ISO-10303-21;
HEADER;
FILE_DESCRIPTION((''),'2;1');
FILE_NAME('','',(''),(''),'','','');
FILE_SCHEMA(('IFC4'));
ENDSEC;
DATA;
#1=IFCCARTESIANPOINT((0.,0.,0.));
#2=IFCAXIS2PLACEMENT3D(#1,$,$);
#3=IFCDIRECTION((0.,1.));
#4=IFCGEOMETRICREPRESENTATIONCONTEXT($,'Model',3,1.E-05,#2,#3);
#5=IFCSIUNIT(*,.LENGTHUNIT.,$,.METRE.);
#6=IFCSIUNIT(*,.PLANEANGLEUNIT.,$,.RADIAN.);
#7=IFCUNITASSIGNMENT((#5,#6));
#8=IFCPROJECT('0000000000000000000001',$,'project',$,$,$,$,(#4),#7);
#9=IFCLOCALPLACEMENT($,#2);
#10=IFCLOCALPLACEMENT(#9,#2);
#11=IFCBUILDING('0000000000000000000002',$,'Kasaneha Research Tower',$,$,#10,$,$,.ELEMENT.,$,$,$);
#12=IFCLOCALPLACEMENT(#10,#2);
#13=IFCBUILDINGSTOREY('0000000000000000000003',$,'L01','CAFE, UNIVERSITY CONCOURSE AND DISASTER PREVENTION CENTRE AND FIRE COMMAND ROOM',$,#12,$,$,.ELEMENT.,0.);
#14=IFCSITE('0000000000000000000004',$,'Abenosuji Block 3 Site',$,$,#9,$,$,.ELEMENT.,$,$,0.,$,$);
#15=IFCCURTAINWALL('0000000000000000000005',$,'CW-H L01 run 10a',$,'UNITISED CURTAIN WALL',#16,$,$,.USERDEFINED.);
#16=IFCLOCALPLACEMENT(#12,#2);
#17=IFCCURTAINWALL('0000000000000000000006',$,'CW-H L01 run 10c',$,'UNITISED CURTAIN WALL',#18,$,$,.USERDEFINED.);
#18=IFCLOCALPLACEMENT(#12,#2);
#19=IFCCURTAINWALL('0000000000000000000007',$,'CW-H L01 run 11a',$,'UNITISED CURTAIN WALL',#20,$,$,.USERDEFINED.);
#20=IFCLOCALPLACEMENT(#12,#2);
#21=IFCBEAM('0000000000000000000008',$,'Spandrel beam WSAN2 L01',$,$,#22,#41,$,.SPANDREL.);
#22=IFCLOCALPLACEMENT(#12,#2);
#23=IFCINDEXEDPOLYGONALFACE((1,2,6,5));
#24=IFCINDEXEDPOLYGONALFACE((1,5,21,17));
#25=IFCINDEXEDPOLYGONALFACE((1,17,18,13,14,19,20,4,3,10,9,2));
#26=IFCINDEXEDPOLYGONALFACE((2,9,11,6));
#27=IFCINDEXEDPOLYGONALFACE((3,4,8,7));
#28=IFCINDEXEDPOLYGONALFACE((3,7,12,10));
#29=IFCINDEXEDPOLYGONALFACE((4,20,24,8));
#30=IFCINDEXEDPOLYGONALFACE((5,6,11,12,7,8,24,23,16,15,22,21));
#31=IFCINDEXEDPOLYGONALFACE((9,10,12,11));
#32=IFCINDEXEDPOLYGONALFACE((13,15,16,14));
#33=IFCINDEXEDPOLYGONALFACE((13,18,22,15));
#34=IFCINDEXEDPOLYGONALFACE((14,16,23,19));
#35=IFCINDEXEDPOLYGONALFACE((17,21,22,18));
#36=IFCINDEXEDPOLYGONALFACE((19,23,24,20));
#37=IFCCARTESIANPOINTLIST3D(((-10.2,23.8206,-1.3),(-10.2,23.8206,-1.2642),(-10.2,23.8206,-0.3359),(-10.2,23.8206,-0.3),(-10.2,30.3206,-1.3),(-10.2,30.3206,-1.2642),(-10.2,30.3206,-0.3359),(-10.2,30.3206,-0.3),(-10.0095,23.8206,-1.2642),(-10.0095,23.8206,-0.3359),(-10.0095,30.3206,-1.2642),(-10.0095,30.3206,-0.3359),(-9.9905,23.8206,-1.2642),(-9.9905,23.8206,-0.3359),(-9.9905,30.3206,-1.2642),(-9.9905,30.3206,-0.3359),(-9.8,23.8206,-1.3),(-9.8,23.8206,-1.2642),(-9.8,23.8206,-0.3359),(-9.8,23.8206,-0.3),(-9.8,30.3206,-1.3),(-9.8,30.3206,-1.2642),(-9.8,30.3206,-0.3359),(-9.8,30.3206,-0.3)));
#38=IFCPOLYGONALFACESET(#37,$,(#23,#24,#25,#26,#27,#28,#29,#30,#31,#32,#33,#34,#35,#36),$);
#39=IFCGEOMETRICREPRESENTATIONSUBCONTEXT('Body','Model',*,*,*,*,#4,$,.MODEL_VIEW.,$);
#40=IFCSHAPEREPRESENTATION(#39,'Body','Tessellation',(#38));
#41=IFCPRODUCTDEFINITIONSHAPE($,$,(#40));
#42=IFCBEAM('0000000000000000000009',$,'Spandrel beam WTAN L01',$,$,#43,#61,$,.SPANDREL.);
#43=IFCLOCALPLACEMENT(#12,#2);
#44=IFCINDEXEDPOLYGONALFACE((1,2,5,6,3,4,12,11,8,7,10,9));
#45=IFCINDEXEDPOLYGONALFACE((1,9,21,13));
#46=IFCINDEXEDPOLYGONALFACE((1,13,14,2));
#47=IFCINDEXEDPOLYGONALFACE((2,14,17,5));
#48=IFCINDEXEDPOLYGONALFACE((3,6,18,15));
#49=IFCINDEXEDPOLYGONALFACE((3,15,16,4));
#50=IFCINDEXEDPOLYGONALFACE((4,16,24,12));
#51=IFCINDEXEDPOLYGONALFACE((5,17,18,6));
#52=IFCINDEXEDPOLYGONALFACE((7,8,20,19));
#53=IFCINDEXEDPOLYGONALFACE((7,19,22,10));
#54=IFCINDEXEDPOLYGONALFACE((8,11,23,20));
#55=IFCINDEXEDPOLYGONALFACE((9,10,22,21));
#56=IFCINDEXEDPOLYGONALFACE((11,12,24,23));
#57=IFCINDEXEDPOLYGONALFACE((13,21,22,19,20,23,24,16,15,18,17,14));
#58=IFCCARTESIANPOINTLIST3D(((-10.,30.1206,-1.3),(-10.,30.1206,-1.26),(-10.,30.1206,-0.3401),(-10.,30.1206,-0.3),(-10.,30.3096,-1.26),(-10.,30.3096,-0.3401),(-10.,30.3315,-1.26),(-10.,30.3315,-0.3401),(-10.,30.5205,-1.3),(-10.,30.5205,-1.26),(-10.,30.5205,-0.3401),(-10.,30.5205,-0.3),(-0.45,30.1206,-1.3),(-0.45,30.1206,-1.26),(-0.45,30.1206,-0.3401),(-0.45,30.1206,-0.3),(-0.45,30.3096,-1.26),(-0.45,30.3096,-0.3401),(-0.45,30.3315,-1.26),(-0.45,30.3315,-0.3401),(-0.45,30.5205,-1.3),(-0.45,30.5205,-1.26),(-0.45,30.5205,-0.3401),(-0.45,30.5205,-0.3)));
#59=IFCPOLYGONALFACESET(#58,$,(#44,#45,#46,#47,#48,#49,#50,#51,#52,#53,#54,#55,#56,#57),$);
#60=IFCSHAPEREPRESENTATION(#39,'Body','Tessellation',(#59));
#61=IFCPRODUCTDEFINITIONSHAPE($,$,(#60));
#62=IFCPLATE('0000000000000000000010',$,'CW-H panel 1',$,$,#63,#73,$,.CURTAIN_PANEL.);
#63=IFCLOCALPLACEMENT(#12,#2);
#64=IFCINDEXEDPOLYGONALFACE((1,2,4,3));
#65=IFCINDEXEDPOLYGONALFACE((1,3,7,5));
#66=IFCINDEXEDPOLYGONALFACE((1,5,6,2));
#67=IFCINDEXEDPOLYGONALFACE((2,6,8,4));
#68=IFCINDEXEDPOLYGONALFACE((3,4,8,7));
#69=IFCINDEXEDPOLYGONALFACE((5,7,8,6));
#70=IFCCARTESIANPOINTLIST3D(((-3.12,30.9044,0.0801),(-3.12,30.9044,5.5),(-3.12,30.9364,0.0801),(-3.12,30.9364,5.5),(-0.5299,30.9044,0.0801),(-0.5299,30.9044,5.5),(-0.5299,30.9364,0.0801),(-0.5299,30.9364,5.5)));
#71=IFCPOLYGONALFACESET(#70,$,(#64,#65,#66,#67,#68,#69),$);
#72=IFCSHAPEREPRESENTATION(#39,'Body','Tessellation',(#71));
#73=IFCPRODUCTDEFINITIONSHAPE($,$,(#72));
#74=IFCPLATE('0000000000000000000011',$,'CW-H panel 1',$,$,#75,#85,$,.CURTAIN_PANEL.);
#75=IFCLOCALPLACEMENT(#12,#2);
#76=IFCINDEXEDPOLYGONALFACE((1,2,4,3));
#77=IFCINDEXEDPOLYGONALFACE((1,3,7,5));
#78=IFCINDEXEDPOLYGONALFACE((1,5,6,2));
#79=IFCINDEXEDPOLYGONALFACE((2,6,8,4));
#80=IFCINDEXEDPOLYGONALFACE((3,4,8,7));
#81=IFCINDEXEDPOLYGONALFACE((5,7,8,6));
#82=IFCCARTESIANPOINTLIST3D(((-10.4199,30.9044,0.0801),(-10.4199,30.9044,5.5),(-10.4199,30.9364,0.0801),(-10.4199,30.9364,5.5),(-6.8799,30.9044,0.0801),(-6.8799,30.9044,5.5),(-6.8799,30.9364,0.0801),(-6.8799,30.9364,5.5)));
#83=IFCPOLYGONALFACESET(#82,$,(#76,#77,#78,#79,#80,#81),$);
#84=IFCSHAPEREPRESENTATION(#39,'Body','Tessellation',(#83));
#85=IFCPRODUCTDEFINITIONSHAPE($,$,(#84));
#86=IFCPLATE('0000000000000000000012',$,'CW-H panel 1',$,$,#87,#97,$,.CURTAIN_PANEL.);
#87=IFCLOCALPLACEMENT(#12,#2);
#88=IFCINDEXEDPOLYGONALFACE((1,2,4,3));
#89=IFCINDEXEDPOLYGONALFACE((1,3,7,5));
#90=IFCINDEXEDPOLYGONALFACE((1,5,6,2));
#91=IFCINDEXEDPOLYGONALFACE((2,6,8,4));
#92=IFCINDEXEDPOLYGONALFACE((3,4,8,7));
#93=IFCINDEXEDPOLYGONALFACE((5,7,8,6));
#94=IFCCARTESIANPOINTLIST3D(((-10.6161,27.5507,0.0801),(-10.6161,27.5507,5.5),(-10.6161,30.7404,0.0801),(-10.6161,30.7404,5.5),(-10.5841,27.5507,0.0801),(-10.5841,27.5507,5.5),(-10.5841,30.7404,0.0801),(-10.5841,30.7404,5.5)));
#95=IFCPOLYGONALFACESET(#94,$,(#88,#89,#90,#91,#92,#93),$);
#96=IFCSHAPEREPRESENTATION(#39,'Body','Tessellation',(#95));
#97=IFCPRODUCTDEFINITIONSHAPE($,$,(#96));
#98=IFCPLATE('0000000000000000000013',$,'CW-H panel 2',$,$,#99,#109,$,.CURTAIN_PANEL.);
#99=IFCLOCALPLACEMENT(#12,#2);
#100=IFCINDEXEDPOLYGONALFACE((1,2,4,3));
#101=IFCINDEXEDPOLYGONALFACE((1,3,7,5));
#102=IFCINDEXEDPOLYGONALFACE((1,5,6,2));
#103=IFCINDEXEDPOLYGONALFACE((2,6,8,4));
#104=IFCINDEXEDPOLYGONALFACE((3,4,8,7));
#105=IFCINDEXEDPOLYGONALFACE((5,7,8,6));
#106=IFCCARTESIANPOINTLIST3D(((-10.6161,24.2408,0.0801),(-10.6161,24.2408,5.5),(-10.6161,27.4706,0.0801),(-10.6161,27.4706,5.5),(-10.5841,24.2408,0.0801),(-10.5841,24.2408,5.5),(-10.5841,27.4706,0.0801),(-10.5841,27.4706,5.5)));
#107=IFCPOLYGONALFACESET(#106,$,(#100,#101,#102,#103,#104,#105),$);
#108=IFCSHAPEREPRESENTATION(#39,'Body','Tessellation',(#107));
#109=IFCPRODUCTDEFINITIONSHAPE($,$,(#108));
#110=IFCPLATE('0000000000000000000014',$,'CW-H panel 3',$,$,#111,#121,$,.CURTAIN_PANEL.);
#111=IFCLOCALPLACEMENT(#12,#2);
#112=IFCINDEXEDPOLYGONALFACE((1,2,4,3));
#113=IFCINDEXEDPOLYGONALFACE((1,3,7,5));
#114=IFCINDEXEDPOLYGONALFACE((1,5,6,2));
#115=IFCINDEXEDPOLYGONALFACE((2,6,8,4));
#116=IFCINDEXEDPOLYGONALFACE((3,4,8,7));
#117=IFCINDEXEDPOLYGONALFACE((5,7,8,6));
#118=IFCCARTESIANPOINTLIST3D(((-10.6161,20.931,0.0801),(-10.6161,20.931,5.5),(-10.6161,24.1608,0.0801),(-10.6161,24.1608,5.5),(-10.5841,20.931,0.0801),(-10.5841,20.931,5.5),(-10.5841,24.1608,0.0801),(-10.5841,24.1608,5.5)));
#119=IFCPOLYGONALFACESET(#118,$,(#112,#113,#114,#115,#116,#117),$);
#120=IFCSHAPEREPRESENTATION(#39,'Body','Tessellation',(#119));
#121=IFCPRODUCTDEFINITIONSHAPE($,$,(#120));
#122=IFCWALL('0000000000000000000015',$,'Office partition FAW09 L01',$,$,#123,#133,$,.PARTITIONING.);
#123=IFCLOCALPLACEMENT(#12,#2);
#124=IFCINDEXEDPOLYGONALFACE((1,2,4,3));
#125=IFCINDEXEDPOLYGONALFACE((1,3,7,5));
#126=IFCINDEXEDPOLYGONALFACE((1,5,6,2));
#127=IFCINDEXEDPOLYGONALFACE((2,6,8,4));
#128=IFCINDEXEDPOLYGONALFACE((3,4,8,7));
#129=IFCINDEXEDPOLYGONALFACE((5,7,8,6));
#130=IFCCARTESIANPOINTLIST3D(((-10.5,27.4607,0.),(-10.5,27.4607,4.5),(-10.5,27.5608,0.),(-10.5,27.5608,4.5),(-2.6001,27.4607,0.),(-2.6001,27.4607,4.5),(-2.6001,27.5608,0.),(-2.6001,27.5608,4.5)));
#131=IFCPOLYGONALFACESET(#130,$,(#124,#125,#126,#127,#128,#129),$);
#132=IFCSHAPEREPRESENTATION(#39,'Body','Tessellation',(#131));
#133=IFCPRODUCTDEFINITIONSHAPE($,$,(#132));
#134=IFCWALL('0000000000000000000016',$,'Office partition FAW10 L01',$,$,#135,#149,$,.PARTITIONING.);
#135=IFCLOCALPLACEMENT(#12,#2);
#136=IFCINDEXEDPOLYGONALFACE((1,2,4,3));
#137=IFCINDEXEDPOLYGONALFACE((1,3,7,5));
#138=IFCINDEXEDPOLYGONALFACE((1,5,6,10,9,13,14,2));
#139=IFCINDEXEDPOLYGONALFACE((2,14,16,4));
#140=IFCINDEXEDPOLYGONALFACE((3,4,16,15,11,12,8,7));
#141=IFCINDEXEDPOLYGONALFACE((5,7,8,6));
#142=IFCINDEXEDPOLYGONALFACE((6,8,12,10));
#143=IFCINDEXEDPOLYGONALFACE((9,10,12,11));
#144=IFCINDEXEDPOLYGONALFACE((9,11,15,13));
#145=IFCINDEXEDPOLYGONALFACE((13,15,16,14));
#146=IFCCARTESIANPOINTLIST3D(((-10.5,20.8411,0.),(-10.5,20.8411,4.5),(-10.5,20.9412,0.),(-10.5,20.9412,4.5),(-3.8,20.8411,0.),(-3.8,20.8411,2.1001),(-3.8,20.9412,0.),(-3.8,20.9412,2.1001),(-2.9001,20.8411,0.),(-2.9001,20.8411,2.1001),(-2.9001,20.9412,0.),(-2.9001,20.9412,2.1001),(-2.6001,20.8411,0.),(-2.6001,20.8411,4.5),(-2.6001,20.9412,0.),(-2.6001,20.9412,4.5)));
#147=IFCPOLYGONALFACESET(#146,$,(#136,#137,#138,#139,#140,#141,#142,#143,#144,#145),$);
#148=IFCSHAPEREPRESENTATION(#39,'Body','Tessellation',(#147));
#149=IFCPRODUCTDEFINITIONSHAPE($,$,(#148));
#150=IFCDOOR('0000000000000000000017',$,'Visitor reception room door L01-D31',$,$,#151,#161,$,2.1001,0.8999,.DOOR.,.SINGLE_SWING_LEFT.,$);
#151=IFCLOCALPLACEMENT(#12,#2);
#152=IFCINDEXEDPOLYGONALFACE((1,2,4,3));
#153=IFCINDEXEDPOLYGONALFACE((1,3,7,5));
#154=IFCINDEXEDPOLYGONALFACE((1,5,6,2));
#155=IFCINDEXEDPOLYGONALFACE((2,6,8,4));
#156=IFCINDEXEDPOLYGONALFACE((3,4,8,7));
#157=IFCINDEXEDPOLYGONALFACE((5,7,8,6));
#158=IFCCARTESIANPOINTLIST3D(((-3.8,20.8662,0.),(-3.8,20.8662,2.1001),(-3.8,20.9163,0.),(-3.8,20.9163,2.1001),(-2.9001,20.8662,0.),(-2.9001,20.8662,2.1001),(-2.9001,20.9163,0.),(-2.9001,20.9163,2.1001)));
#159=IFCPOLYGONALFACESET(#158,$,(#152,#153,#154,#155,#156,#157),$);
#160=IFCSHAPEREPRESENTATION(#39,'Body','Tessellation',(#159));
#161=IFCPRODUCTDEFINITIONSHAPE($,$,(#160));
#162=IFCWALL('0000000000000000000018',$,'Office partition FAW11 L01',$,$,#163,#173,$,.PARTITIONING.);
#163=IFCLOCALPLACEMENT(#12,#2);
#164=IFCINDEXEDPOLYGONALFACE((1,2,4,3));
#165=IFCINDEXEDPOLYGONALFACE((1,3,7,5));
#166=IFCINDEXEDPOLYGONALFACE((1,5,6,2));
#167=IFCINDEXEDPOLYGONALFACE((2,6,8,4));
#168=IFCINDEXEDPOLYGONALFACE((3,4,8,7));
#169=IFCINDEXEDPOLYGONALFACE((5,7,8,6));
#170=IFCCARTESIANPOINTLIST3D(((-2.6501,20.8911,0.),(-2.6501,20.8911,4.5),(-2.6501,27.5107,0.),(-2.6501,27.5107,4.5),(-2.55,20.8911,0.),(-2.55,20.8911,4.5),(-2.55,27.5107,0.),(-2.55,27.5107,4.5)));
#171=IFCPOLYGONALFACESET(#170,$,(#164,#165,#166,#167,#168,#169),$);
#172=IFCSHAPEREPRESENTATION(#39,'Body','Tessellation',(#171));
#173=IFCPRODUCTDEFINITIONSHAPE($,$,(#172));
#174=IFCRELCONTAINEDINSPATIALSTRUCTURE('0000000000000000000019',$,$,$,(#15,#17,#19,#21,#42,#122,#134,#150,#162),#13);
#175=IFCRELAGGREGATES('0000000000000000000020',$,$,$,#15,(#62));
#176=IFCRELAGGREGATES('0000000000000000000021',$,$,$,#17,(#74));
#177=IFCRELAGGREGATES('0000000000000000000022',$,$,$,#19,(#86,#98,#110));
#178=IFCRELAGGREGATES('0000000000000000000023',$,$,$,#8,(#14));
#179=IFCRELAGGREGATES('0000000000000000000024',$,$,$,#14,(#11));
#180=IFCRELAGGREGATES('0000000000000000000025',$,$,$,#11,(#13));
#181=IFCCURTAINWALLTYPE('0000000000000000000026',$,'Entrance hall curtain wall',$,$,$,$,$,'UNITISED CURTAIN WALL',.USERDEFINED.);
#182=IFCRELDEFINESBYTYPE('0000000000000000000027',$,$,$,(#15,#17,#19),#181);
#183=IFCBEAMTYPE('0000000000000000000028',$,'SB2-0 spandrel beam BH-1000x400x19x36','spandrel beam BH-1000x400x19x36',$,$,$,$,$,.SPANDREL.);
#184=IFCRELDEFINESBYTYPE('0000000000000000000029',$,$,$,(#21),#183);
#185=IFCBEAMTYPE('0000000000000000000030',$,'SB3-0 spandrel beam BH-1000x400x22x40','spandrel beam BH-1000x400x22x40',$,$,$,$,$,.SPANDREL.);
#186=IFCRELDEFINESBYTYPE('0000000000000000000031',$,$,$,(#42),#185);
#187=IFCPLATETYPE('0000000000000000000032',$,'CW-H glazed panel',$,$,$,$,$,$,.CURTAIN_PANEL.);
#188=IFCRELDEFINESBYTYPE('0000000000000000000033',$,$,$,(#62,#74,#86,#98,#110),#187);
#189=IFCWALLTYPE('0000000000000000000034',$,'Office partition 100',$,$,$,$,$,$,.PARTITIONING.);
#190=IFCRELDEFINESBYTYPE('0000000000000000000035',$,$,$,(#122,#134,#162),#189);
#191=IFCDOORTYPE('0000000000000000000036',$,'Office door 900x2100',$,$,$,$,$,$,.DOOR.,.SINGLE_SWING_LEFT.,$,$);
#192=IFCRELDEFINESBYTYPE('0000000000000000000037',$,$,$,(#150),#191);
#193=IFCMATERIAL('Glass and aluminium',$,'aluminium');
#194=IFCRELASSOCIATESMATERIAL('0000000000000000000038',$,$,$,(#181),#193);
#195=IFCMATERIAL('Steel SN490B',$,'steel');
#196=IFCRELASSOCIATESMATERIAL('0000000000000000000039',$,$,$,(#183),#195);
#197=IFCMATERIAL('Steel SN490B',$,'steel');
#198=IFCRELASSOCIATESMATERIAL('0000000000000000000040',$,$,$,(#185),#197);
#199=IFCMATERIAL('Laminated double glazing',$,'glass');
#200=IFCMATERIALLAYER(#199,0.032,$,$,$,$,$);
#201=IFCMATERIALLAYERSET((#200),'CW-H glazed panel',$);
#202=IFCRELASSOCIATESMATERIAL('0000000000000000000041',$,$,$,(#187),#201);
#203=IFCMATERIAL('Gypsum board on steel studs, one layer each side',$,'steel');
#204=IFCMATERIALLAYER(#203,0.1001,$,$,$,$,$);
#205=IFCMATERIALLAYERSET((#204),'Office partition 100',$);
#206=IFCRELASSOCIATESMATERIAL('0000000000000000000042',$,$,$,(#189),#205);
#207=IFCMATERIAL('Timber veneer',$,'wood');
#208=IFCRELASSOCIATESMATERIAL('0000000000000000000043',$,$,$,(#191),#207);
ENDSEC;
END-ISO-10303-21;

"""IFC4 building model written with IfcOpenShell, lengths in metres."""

from ifc_helpers import new_model, si_unit, direction, frame, frame_2d, origin, origin_2d, place, context, subcontext, project, spatial, rectangle, i_section, extrude, material, layer, layer_set, material_profile, profile_set, type_object, element, fill, aggregate, save


model = new_model("IFC4")

# Units and contexts
model_context = context("Model", 3, precision=1e-05, world=origin(), true_north=direction((0.0, 1.0)))
body_context = subcontext(model_context, "Body", "Model", "MODEL_VIEW")
ifc_project = project(units=[si_unit("LENGTHUNIT", "METRE"), si_unit("PLANEANGLEUNIT", "RADIAN")], contexts=[model_context])

# Site, building, storey
site_placement = place(None, origin())
site = spatial("IfcSite", under=ifc_project, at=site_placement, Name="Abenosuji Block 3 Site", CompositionType="ELEMENT", RefElevation=0.0)
building_placement = place(site_placement, origin())
building = spatial("IfcBuilding", under=site, at=building_placement, Name="Kasaneha Research Tower", CompositionType="ELEMENT")
storey_placement = place(building_placement, origin())
storey = spatial("IfcBuildingStorey", under=building, at=storey_placement, Name="L01", Description="CAFE, UNIVERSITY CONCOURSE AND DISASTER PREVENTION CENTRE AND FIRE COMMAND ROOM", CompositionType="ELEMENT", Elevation=0.0)

# Curtain walls
ifc_material_1 = material(Name="Glass and aluminium", Category="aluminium")
curtain_wall_type = type_object("IfcCurtainWallType", Name="Entrance hall curtain wall", ElementType="UNITISED CURTAIN WALL", PredefinedType="USERDEFINED", material=ifc_material_1)
curtain_wall_1_placement = place(storey_placement, origin())
curtain_wall_1 = element("IfcCurtainWall", 1, at=curtain_wall_1_placement, inside=storey, type_object=curtain_wall_type, Name="CW-H L01 run 10a", ObjectType="UNITISED CURTAIN WALL", PredefinedType="USERDEFINED")
curtain_wall_2_placement = place(storey_placement, origin())
curtain_wall_2 = element("IfcCurtainWall", 2, at=curtain_wall_2_placement, inside=storey, type_object=curtain_wall_type, Name="CW-H L01 run 10c", ObjectType="UNITISED CURTAIN WALL", PredefinedType="USERDEFINED")
curtain_wall_3_placement = place(storey_placement, origin())
curtain_wall_3 = element("IfcCurtainWall", 3, at=curtain_wall_3_placement, inside=storey, type_object=curtain_wall_type, Name="CW-H L01 run 11a", ObjectType="UNITISED CURTAIN WALL", PredefinedType="USERDEFINED")

# Beams
ifc_material_2 = material(Name="Steel SN490B", Category="steel")
ifc_material_profile_1 = material_profile(ifc_material_2, i_section(OverallWidth=0.3999, OverallDepth=1.0, WebThickness=0.019, FlangeThickness=0.0359, at=origin_2d()), Name="BH-1000x400x19x36")
ifc_profile_set_1 = profile_set([ifc_material_profile_1], Name="Steel SN490B")
beam_type_1 = type_object("IfcBeamType", Name="SB2-0 spandrel beam BH-1000x400x19x36", Description="spandrel beam BH-1000x400x19x36", PredefinedType="SPANDREL", material=ifc_profile_set_1)
beam_1_placement = place(storey_placement, frame((-10.0, 23.8206, -0.8), z_axis=(0.0, 1.0, 0.0), x_axis=(-1.0, 0.0, 0.0)))
element("IfcBeam", 4, at=beam_1_placement, inside=storey, type_object=beam_type_1, Name="Spandrel beam WSAN2 L01", PredefinedType="SPANDREL", context=body_context, shape_type="SweptSolid", body=[
    extrude(i_section(OverallWidth=0.3999, OverallDepth=1.0, WebThickness=0.019, FlangeThickness=0.0359, at=origin_2d()), origin(), (0.0, 0.0, 1.0), 6.5),
])
ifc_material_3 = material(Name="Steel SN490B", Category="steel")
ifc_material_profile_2 = material_profile(ifc_material_3, i_section(OverallWidth=0.3999, OverallDepth=1.0, WebThickness=0.022, FlangeThickness=0.04, at=origin_2d()), Name="BH-1000x400x22x40")
ifc_profile_set_2 = profile_set([ifc_material_profile_2], Name="Steel SN490B")
beam_type_2 = type_object("IfcBeamType", Name="SB3-0 spandrel beam BH-1000x400x22x40", Description="spandrel beam BH-1000x400x22x40", PredefinedType="SPANDREL", material=ifc_profile_set_2)
beam_2_placement = place(storey_placement, frame((-10.0, 30.3206, -0.8), z_axis=(1.0, 0.0, 0.0), x_axis=(0.0, 1.0, 0.0)))
element("IfcBeam", 5, at=beam_2_placement, inside=storey, type_object=beam_type_2, Name="Spandrel beam WTAN L01", PredefinedType="SPANDREL", context=body_context, shape_type="SweptSolid", body=[
    extrude(i_section(OverallWidth=0.3999, OverallDepth=1.0, WebThickness=0.022, FlangeThickness=0.04, at=origin_2d()), origin(), (0.0, 0.0, 1.0), 9.55),
])

# Plates
ifc_material_4 = material(Name="Laminated double glazing", Category="glass")
ifc_layer_1 = layer(ifc_material_4, 0.032)
ifc_layer_set_1 = layer_set([ifc_layer_1], Name="CW-H glazed panel")
plate_type = type_object("IfcPlateType", Name="CW-H glazed panel", PredefinedType="CURTAIN_PANEL", material=ifc_layer_set_1)
plate_1_placement = place(storey_placement, frame((-1.825, 30.9204, 0.0801), z_axis=(0.0, 0.0, 1.0), x_axis=(-1.0, 0.0, 0.0)))
plate_1 = element("IfcPlate", 6, at=plate_1_placement, type_object=plate_type, Name="CW-H panel 1", PredefinedType="CURTAIN_PANEL", context=body_context, shape_type="SweptSolid", body=[
    extrude(rectangle(XDim=2.5901, YDim=0.032, at=origin_2d()), origin(), (0.0, 0.0, 1.0), 5.4199),
])
aggregate(curtain_wall_1, [plate_1])
plate_2_placement = place(storey_placement, frame((-8.6499, 30.9204, 0.0801), z_axis=(0.0, 0.0, 1.0), x_axis=(-1.0, 0.0, 0.0)))
plate_2 = element("IfcPlate", 7, at=plate_2_placement, type_object=plate_type, Name="CW-H panel 1", PredefinedType="CURTAIN_PANEL", context=body_context, shape_type="SweptSolid", body=[
    extrude(rectangle(XDim=3.54, YDim=0.032, at=origin_2d()), origin(), (0.0, 0.0, 1.0), 5.4199),
])
aggregate(curtain_wall_2, [plate_2])
plate_3_placement = place(storey_placement, frame((-10.6001, 29.1455, 0.0801), z_axis=(0.0, 0.0, 1.0), x_axis=(0.0, -1.0, 0.0)))
plate_3 = element("IfcPlate", 8, at=plate_3_placement, type_object=plate_type, Name="CW-H panel 1", PredefinedType="CURTAIN_PANEL", context=body_context, shape_type="SweptSolid", body=[
    extrude(rectangle(XDim=3.1897, YDim=0.032, at=origin_2d()), origin(), (0.0, 0.0, 1.0), 5.4199),
])
plate_4_placement = place(storey_placement, frame((-10.6001, 25.8557, 0.0801), z_axis=(0.0, 0.0, 1.0), x_axis=(0.0, -1.0, 0.0)))
plate_4 = element("IfcPlate", 9, at=plate_4_placement, type_object=plate_type, Name="CW-H panel 2", PredefinedType="CURTAIN_PANEL", context=body_context, shape_type="SweptSolid", body=[
    extrude(rectangle(XDim=3.2297, YDim=0.032, at=origin_2d()), origin(), (0.0, 0.0, 1.0), 5.4199),
])
plate_5_placement = place(storey_placement, frame((-10.6001, 22.5459, 0.0801), z_axis=(0.0, 0.0, 1.0), x_axis=(0.0, -1.0, 0.0)))
plate_5 = element("IfcPlate", 10, at=plate_5_placement, type_object=plate_type, Name="CW-H panel 3", PredefinedType="CURTAIN_PANEL", context=body_context, shape_type="SweptSolid", body=[
    extrude(rectangle(XDim=3.2297, YDim=0.032, at=origin_2d()), origin(), (0.0, 0.0, 1.0), 5.4199),
])
aggregate(curtain_wall_3, [plate_3, plate_4, plate_5])

# Wall
ifc_material_5 = material(Name="Gypsum board on steel studs, one layer each side", Category="steel")
ifc_layer_2 = layer(ifc_material_5, 0.1001)
ifc_layer_set_2 = layer_set([ifc_layer_2], Name="Office partition 100")
wall_type_1 = type_object("IfcWallType", Name="Office partition 100", PredefinedType="PARTITIONING", material=ifc_layer_set_2)
wall_1_placement = place(storey_placement, frame((-10.5, 27.5107, 0.0), z_axis=(0.0, 0.0, 1.0), x_axis=(1.0, 0.0, 0.0)))
element("IfcWall", 11, at=wall_1_placement, inside=storey, type_object=wall_type_1, Name="Office partition FAW09 L01", PredefinedType="PARTITIONING", context=body_context, shape_type="SweptSolid", body=[
    extrude(rectangle(XDim=7.8999, YDim=0.1001, at=frame_2d((3.95, 0.0))), origin(), (0.0, 0.0, 1.0), 4.5),
])

# Wall, opening, door
wall_2_placement = place(storey_placement, frame((-2.6001, 20.8911, 0.0), z_axis=(0.0, 0.0, 1.0), x_axis=(-1.0, 0.0, 0.0)))
wall_2 = element("IfcWall", 12, at=wall_2_placement, inside=storey, type_object=wall_type_1, Name="Office partition FAW10 L01", PredefinedType="PARTITIONING", context=body_context, shape_type="SweptSolid", body=[
    extrude(rectangle(XDim=7.8999, YDim=0.1001, at=frame_2d((3.95, 0.0))), origin(), (0.0, 0.0, 1.0), 4.5),
])
opening_1_placement = place(wall_2_placement, frame((0.3, 0.0, 0.0)))
opening_1 = element("IfcOpeningElement", 13, at=opening_1_placement, cuts=wall_2, PredefinedType="OPENING", context=body_context, shape_type="SweptSolid", body=[
    extrude(rectangle(XDim=0.8999, YDim=2.1001, at=frame_2d((0.45, 1.05))), frame((0.0, 0.0601, 0.0), z_axis=(0.0, -1.0, 0.0), x_axis=(1.0, 0.0, 0.0)), (0.0, 0.0, 1.0), 0.1201),
])
ifc_material_6 = material(Name="Timber veneer", Category="wood")
door_type_1 = type_object("IfcDoorType", Name="Office door 900x2100", OperationType="SINGLE_SWING_LEFT", PredefinedType="DOOR", material=ifc_material_6)
door_1_placement = place(opening_1_placement, origin())
door_1 = element("IfcDoor", 14, at=door_1_placement, inside=storey, type_object=door_type_1, Name="Visitor reception room door L01-D31", OperationType="SINGLE_SWING_LEFT", OverallHeight=2.1001, OverallWidth=0.8999, PredefinedType="DOOR", context=body_context, shape_type="SweptSolid", body=[
    extrude(rectangle(XDim=0.8999, YDim=2.1001, at=frame_2d((0.45, 1.05))), frame((0.0, 0.0249, 0.0), z_axis=(0.0, -1.0, 0.0), x_axis=(1.0, 0.0, 0.0)), (0.0, 0.0, 1.0), 0.05),
])
fill(opening_1, door_1)

# Wall
wall_3_placement = place(storey_placement, frame((-2.6001, 27.5107, 0.0), z_axis=(0.0, 0.0, 1.0), x_axis=(0.0, -1.0, 0.0)))
element("IfcWall", 15, at=wall_3_placement, inside=storey, type_object=wall_type_1, Name="Office partition FAW11 L01", PredefinedType="PARTITIONING", context=body_context, shape_type="SweptSolid", body=[
    extrude(rectangle(XDim=6.6196, YDim=0.1001, at=frame_2d((3.3098, 0.0))), origin(), (0.0, 0.0, 1.0), 4.5),
])

save(model, "model.ifc")
